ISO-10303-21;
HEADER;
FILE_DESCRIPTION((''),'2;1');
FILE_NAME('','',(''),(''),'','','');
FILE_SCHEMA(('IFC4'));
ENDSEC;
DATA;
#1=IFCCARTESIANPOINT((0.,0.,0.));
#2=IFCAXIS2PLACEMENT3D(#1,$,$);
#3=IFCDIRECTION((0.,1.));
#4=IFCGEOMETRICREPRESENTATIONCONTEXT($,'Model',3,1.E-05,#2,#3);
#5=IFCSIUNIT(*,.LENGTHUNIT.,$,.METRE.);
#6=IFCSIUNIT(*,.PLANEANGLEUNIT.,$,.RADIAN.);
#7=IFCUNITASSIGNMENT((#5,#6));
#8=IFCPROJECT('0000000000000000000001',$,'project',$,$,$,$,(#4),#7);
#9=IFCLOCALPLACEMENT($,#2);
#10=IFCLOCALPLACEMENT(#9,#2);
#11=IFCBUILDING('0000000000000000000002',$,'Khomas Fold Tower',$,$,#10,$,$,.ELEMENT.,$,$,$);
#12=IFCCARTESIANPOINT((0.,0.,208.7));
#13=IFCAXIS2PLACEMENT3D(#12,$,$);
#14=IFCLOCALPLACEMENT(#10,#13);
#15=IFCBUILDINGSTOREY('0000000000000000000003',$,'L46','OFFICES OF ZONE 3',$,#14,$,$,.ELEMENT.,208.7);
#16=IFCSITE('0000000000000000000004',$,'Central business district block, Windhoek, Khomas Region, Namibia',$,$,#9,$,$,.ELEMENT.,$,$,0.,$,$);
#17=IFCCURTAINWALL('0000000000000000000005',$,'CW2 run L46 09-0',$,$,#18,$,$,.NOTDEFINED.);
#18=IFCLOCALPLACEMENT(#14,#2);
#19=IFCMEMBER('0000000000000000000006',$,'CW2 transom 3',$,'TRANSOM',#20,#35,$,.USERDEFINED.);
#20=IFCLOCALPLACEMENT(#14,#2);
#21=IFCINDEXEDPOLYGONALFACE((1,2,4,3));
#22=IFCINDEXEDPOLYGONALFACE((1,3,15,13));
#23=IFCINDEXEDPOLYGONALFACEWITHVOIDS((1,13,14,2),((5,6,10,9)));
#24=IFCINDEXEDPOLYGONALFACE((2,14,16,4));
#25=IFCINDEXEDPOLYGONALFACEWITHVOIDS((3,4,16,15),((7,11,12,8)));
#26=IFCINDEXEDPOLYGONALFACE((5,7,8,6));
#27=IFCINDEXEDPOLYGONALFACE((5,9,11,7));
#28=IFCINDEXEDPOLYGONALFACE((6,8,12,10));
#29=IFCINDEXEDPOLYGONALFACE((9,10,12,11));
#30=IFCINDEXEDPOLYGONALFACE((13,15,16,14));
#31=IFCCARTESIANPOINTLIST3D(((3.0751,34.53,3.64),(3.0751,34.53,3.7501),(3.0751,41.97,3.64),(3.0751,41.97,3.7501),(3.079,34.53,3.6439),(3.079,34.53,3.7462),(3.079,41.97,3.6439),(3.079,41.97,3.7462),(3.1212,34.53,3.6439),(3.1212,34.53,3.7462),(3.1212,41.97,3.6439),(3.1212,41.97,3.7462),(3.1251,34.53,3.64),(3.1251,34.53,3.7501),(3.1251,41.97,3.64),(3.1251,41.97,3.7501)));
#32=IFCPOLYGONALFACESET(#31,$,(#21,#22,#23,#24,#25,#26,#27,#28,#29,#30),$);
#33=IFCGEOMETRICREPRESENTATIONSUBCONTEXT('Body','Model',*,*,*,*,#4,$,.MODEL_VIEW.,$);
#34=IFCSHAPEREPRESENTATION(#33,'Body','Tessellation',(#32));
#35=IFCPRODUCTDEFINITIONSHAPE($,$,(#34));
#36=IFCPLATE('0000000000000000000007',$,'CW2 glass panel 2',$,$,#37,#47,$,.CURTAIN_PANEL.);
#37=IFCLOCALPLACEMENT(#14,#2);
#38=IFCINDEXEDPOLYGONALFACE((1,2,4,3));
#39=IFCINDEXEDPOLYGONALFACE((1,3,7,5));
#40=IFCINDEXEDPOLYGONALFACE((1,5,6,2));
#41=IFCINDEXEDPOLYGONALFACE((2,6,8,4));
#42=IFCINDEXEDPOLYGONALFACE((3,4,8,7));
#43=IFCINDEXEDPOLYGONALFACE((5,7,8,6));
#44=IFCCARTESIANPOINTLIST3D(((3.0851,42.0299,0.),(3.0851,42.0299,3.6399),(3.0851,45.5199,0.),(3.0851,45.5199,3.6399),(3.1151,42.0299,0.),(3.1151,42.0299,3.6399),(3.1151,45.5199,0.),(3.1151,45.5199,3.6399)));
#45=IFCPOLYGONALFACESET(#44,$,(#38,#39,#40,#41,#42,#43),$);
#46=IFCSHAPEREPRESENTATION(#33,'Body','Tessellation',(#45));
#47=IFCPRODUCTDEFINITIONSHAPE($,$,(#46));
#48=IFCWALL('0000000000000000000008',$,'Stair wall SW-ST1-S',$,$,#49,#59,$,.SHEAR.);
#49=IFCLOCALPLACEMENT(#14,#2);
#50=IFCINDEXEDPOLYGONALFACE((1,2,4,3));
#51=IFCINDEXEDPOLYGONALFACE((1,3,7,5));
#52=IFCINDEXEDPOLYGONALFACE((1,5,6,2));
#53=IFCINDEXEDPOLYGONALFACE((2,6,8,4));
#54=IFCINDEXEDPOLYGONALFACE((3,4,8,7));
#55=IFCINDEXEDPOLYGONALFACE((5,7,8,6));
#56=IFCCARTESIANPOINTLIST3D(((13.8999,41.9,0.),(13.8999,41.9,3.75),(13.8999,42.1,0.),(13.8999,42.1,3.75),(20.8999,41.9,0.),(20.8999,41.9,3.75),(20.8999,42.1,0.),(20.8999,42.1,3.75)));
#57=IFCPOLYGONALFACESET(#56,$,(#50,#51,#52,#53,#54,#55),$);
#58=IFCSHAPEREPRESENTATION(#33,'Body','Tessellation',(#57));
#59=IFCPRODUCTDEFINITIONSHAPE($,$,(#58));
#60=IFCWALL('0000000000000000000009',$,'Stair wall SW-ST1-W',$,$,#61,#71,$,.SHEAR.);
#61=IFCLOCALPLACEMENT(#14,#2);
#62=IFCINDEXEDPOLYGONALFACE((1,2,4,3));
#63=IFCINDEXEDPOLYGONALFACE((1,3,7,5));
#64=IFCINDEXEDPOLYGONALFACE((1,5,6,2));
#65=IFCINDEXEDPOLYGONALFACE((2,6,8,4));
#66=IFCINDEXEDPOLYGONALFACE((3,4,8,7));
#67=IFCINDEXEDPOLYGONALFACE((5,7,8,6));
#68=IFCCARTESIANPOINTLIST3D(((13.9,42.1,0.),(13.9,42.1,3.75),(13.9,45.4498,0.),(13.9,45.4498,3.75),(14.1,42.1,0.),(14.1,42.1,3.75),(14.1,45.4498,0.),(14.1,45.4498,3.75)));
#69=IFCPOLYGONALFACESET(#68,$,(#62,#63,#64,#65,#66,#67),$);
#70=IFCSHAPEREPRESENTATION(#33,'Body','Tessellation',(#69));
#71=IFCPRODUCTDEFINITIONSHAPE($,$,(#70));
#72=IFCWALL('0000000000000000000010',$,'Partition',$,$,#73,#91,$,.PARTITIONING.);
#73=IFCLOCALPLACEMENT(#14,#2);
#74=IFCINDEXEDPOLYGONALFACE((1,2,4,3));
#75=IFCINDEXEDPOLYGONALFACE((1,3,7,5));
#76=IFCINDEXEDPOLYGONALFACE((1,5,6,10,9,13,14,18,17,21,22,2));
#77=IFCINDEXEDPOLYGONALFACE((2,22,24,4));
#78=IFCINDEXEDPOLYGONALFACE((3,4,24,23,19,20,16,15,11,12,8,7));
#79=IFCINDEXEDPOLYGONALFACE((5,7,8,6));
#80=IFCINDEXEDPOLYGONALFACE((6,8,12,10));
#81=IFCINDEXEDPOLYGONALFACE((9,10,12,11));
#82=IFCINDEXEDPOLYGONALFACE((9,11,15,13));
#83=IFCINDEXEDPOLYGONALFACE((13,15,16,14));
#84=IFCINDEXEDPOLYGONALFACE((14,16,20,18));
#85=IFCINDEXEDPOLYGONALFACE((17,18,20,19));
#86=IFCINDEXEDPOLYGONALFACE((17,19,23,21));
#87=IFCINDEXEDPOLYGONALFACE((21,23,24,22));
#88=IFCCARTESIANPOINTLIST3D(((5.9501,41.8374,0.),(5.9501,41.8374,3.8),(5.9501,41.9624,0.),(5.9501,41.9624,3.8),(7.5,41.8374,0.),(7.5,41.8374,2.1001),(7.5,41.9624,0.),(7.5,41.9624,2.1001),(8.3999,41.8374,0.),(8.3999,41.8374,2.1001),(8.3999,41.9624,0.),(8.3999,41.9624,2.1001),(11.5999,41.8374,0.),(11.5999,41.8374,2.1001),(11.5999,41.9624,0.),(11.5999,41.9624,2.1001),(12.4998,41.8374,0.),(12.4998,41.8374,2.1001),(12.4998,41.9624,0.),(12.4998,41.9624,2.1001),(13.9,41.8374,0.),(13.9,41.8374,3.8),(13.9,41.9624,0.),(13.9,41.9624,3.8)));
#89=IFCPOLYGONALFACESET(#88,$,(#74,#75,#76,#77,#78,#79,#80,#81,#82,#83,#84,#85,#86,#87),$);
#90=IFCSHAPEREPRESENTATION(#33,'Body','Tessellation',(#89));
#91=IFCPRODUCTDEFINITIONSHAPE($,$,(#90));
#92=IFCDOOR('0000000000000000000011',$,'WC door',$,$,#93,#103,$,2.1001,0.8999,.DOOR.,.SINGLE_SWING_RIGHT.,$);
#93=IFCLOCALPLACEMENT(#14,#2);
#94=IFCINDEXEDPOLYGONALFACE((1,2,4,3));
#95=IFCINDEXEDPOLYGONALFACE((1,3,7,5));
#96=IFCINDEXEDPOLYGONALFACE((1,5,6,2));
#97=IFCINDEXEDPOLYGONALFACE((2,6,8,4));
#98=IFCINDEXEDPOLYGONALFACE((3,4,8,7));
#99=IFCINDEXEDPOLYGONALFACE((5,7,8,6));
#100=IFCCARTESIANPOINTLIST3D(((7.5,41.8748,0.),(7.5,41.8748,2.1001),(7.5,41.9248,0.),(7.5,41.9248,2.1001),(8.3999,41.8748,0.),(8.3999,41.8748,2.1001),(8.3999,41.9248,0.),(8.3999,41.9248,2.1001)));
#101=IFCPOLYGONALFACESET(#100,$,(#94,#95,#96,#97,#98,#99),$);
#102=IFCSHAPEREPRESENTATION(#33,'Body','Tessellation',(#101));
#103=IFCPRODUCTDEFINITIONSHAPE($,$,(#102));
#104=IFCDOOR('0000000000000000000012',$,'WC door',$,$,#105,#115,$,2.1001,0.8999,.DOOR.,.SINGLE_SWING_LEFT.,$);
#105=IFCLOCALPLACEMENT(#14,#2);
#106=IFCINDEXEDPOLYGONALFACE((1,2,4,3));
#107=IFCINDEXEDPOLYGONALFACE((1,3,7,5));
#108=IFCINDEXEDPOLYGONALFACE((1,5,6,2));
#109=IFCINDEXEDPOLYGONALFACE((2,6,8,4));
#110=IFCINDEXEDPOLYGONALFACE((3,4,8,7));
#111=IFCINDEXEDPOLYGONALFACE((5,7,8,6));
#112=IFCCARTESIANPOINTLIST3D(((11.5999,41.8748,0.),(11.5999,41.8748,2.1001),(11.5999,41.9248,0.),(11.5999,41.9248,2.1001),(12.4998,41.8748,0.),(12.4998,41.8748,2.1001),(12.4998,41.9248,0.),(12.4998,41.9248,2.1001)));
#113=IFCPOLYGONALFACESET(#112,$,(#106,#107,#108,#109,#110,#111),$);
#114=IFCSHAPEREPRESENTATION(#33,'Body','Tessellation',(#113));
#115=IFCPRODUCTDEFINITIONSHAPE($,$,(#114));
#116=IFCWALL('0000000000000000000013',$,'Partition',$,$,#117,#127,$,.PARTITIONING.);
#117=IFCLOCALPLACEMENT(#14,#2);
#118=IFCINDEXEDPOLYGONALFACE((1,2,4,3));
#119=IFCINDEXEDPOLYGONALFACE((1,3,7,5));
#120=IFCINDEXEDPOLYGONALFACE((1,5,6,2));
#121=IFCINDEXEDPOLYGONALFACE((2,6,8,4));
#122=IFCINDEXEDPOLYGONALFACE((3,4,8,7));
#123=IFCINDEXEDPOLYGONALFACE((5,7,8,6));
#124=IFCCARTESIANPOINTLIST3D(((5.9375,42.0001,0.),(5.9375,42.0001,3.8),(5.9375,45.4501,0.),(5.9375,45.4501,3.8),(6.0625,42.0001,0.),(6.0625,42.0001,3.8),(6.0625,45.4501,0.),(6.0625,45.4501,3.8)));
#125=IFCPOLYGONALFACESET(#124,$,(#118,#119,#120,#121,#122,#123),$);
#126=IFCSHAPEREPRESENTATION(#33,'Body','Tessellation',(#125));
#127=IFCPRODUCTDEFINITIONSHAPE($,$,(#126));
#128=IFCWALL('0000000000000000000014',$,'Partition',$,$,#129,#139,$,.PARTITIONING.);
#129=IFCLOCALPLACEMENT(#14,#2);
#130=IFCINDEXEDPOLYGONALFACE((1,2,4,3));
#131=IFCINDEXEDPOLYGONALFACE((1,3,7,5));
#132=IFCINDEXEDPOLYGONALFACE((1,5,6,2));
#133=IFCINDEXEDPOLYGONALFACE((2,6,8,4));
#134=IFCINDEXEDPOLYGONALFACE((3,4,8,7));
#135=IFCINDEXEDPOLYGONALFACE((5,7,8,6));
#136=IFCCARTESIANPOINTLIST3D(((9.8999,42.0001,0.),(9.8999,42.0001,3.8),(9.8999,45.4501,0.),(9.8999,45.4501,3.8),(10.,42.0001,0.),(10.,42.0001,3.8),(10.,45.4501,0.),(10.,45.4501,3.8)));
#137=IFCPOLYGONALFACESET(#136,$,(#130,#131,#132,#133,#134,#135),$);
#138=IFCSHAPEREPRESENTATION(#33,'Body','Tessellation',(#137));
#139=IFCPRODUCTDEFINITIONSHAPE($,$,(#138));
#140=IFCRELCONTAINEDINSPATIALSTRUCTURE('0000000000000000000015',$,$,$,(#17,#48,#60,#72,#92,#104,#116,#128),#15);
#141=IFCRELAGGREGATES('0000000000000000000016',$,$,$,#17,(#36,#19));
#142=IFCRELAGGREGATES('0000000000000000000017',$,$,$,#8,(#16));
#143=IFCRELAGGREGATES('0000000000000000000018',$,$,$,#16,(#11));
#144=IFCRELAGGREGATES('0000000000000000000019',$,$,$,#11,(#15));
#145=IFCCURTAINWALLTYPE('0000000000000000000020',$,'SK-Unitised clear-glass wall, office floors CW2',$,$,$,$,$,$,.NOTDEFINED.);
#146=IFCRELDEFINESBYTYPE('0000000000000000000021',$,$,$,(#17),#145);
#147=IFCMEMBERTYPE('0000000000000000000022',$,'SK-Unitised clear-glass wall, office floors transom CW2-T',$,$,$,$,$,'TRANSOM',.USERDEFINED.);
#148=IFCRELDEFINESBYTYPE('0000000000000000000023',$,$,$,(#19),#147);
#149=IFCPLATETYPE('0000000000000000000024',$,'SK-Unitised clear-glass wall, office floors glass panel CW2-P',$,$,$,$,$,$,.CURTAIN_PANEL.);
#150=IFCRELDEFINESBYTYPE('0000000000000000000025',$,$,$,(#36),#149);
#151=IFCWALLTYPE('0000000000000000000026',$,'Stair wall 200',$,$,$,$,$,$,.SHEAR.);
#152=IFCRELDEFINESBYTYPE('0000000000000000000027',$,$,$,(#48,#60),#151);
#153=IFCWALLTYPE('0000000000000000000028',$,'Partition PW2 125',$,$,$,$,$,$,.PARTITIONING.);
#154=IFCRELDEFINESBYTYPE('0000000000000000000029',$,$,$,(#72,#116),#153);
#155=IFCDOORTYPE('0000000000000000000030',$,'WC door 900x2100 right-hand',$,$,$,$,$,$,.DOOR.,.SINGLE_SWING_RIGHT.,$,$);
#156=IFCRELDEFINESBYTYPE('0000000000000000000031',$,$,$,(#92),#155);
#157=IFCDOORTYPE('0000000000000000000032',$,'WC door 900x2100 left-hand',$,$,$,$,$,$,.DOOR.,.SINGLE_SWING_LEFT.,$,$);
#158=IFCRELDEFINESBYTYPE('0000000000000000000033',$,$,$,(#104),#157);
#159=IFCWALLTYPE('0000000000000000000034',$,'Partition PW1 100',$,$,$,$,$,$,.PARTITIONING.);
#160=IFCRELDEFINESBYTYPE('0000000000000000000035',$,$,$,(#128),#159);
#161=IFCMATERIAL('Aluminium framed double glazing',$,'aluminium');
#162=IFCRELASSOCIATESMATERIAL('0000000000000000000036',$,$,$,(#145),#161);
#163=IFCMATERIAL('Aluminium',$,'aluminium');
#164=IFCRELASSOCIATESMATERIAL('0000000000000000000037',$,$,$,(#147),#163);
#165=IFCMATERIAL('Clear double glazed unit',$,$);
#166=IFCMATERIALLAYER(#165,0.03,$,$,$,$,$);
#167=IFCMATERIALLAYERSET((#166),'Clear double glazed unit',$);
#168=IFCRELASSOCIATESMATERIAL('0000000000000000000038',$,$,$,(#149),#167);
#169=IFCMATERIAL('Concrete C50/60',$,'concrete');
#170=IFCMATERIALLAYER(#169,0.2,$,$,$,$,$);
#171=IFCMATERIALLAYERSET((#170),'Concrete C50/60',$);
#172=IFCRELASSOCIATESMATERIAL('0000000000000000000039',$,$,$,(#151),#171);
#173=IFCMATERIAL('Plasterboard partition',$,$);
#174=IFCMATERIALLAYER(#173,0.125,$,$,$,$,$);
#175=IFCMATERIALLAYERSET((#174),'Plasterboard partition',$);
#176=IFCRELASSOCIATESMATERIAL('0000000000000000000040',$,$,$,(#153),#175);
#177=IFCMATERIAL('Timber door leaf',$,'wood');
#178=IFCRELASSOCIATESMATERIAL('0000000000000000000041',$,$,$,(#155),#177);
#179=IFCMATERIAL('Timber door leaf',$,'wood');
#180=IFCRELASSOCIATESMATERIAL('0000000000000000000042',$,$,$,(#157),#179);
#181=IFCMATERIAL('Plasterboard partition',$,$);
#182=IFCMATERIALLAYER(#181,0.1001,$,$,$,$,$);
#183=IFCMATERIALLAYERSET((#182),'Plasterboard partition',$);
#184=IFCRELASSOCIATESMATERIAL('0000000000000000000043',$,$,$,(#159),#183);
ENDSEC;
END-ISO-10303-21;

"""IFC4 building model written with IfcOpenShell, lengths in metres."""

from ifc_helpers import new_model, si_unit, direction, frame, frame_2d, origin, origin_2d, place, context, subcontext, project, spatial, rectangle, hollow_rectangle, extrude, source, transform, mapped, material, layer, layer_set, material_profile, profile_set, type_object, element, fill, aggregate, save


model = new_model("IFC4")

# Units and contexts
model_context = context("Model", 3, precision=1e-05, world=origin(), true_north=direction((0.0, 1.0)))
body_context = subcontext(model_context, "Body", "Model", "MODEL_VIEW")
ifc_project = project(units=[si_unit("LENGTHUNIT", "METRE"), si_unit("PLANEANGLEUNIT", "RADIAN")], contexts=[model_context])

# Site, building, storey
site_placement = place(None, origin())
site = spatial("IfcSite", under=ifc_project, at=site_placement, Name="Central business district block, Windhoek, Khomas Region, Namibia", CompositionType="ELEMENT", RefElevation=0.0)
building_placement = place(site_placement, origin())
building = spatial("IfcBuilding", under=site, at=building_placement, Name="Khomas Fold Tower", CompositionType="ELEMENT")
storey_placement = place(building_placement, frame((0.0, 0.0, 208.7)))
storey = spatial("IfcBuildingStorey", under=building, at=storey_placement, Name="L46", Description="OFFICES OF ZONE 3", CompositionType="ELEMENT", Elevation=208.7)

# Curtain wall, member, plate
ifc_material_1 = material(Name="Aluminium framed double glazing", Category="aluminium")
curtain_wall_type = type_object("IfcCurtainWallType", Name="SK-Unitised clear-glass wall, office floors CW2", PredefinedType="NOTDEFINED", material=ifc_material_1)
curtain_wall_placement = place(storey_placement, origin())
curtain_wall = element("IfcCurtainWall", 1, at=curtain_wall_placement, inside=storey, type_object=curtain_wall_type, Name="CW2 run L46 09-0", PredefinedType="NOTDEFINED")
ifc_material_2 = material(Name="Aluminium", Category="aluminium")
ifc_material_profile_1 = material_profile(ifc_material_2, hollow_rectangle(XDim=0.05, YDim=0.1101, WallThickness=0.0039, at=origin_2d()), Name="SK-Unitised clear-glass wall, office floors transom CW2-T")
ifc_profile_set_1 = profile_set([ifc_material_profile_1], Name="Aluminium")
member_type_1 = type_object("IfcMemberType", Name="SK-Unitised clear-glass wall, office floors transom CW2-T", ElementType="TRANSOM", PredefinedType="USERDEFINED", material=ifc_profile_set_1)
shared_shape_1 = source(origin(), body_context, "Body", "SweptSolid", [
    extrude(hollow_rectangle(XDim=0.05, YDim=0.1101, WallThickness=0.0039, at=origin_2d()), origin(), (0.0, 0.0, 1.0), 7.4399),
])
member_1_placement = place(storey_placement, frame((3.1001, 41.97, 3.6951), z_axis=(0.0, -1.0, 0.0), x_axis=(1.0, 0.0, 0.0)))
member_1 = element("IfcMember", 2, at=member_1_placement, type_object=member_type_1, Name="CW2 transom 3", ObjectType="TRANSOM", PredefinedType="USERDEFINED", context=body_context, shape_type="MappedRepresentation", body=[
    mapped(shared_shape_1, transform((0.0, 0.0, 0.0))),
])
ifc_material_3 = material(Name="Clear double glazed unit")
ifc_layer_1 = layer(ifc_material_3, 0.03)
ifc_layer_set_1 = layer_set([ifc_layer_1], Name="Clear double glazed unit")
plate_type = type_object("IfcPlateType", Name="SK-Unitised clear-glass wall, office floors glass panel CW2-P", PredefinedType="CURTAIN_PANEL", material=ifc_layer_set_1)
shared_shape_2 = source(origin(), body_context, "Body", "SweptSolid", [
    extrude(rectangle(XDim=3.49, YDim=0.03, at=origin_2d()), origin(), (0.0, 0.0, 1.0), 3.6399),
])
plate_placement = place(storey_placement, frame((3.1001, 43.7749, 0.0), z_axis=(0.0, 0.0, 1.0), x_axis=(0.0, -1.0, 0.0)))
plate = element("IfcPlate", 3, at=plate_placement, type_object=plate_type, Name="CW2 glass panel 2", PredefinedType="CURTAIN_PANEL", context=body_context, shape_type="MappedRepresentation", body=[
    mapped(shared_shape_2, transform((0.0, 0.0, 0.0))),
])
aggregate(curtain_wall, [plate, member_1])

# Walls
ifc_material_4 = material(Name="Concrete C50/60", Category="concrete")
ifc_layer_2 = layer(ifc_material_4, 0.2)
ifc_layer_set_2 = layer_set([ifc_layer_2], Name="Concrete C50/60")
wall_type_1 = type_object("IfcWallType", Name="Stair wall 200", PredefinedType="SHEAR", material=ifc_layer_set_2)
shared_shape_3 = source(origin(), body_context, "Body", "SweptSolid", [
    extrude(rectangle(XDim=7.0, YDim=0.2, at=frame_2d((3.5, 0.0))), origin(), (0.0, 0.0, 1.0), 3.75),
])
wall_1_placement = place(storey_placement, frame((13.8999, 42.0, 0.0), z_axis=(0.0, 0.0, 1.0), x_axis=(1.0, 0.0, 0.0)))
element("IfcWall", 4, at=wall_1_placement, inside=storey, type_object=wall_type_1, Name="Stair wall SW-ST1-S", PredefinedType="SHEAR", context=body_context, shape_type="MappedRepresentation", body=[
    mapped(shared_shape_3, transform((0.0, 0.0, 0.0))),
])
shared_shape_4 = source(origin(), body_context, "Body", "SweptSolid", [
    extrude(rectangle(XDim=3.3499, YDim=0.2, at=frame_2d((1.6748, 0.0))), origin(), (0.0, 0.0, 1.0), 3.75),
])
wall_2_placement = place(storey_placement, frame((14.0, 42.1001, 0.0), z_axis=(0.0, 0.0, 1.0), x_axis=(0.0, 1.0, 0.0)))
element("IfcWall", 5, at=wall_2_placement, inside=storey, type_object=wall_type_1, Name="Stair wall SW-ST1-W", PredefinedType="SHEAR", context=body_context, shape_type="MappedRepresentation", body=[
    mapped(shared_shape_4, transform((0.0, 0.0, 0.0))),
])

# Wall, openings, doors
ifc_material_5 = material(Name="Plasterboard partition")
ifc_layer_3 = layer(ifc_material_5, 0.125)
ifc_layer_set_3 = layer_set([ifc_layer_3], Name="Plasterboard partition")
wall_type_2 = type_object("IfcWallType", Name="Partition PW2 125", PredefinedType="PARTITIONING", material=ifc_layer_set_3)
shared_shape_5 = source(origin(), body_context, "Body", "SweptSolid", [
    extrude(rectangle(XDim=7.95, YDim=0.125, at=frame_2d((3.9751, 0.0))), origin(), (0.0, 0.0, 1.0), 3.8),
])
wall_3_placement = place(storey_placement, frame((5.95, 41.8999, 0.0), z_axis=(0.0, 0.0, 1.0), x_axis=(1.0, 0.0, 0.0)))
wall_3 = element("IfcWall", 6, at=wall_3_placement, inside=storey, type_object=wall_type_2, Name="Partition", PredefinedType="PARTITIONING", context=body_context, shape_type="MappedRepresentation", body=[
    mapped(shared_shape_5, transform((0.0, 0.0, 0.0))),
])
shared_shape_6 = source(origin(), body_context, "Body", "SweptSolid", [
    extrude(rectangle(XDim=0.8999, YDim=2.1001, at=frame_2d((0.45, 1.05))), frame((0.0, 0.0725, 0.0), z_axis=(0.0, -1.0, 0.0), x_axis=(1.0, 0.0, 0.0)), (0.0, 0.0, 1.0), 0.145),
])
opening_1_placement = place(wall_3_placement, frame((1.55, 0.0, 0.0)))
opening_1 = element("IfcOpeningElement", 7, at=opening_1_placement, cuts=wall_3, PredefinedType="OPENING", context=body_context, shape_type="MappedRepresentation", body=[
    mapped(shared_shape_6, transform((0.0, 0.0, 0.0))),
])
opening_2_placement = place(wall_3_placement, frame((5.6499, 0.0, 0.0)))
opening_2 = element("IfcOpeningElement", 8, at=opening_2_placement, cuts=wall_3, PredefinedType="OPENING", context=body_context, shape_type="MappedRepresentation", body=[
    mapped(shared_shape_6, transform((0.0, 0.0, 0.0))),
])
ifc_material_6 = material(Name="Timber door leaf", Category="wood")
door_type_1 = type_object("IfcDoorType", Name="WC door 900x2100 right-hand", OperationType="SINGLE_SWING_RIGHT", PredefinedType="DOOR", material=ifc_material_6)
shared_shape_7 = source(origin(), body_context, "Body", "SweptSolid", [
    extrude(rectangle(XDim=0.8999, YDim=2.1001, at=frame_2d((0.45, 1.05))), frame((0.0, 0.0249, 0.0), z_axis=(0.0, -1.0, 0.0), x_axis=(1.0, 0.0, 0.0)), (0.0, 0.0, 1.0), 0.05),
])
door_1_placement = place(opening_1_placement, origin())
door_1 = element("IfcDoor", 9, at=door_1_placement, inside=storey, type_object=door_type_1, Name="WC door", OperationType="SINGLE_SWING_RIGHT", OverallHeight=2.1001, OverallWidth=0.8999, PredefinedType="DOOR", context=body_context, shape_type="MappedRepresentation", body=[
    mapped(shared_shape_7, transform((0.0, 0.0, 0.0))),
])
fill(opening_1, door_1)
ifc_material_7 = material(Name="Timber door leaf", Category="wood")
door_type_2 = type_object("IfcDoorType", Name="WC door 900x2100 left-hand", OperationType="SINGLE_SWING_LEFT", PredefinedType="DOOR", material=ifc_material_7)
door_2_placement = place(opening_2_placement, origin())
door_2 = element("IfcDoor", 10, at=door_2_placement, inside=storey, type_object=door_type_2, Name="WC door", OperationType="SINGLE_SWING_LEFT", OverallHeight=2.1001, OverallWidth=0.8999, PredefinedType="DOOR", context=body_context, shape_type="MappedRepresentation", body=[
    mapped(shared_shape_7, transform((0.0, 0.0, 0.0))),
])
fill(opening_2, door_2)

# Walls
shared_shape_8 = source(origin(), body_context, "Body", "SweptSolid", [
    extrude(rectangle(XDim=3.45, YDim=0.125, at=frame_2d((1.7251, 0.0))), origin(), (0.0, 0.0, 1.0), 3.8),
])
wall_4_placement = place(storey_placement, frame((6.0, 42.0, 0.0), z_axis=(0.0, 0.0, 1.0), x_axis=(0.0, 1.0, 0.0)))
element("IfcWall", 11, at=wall_4_placement, inside=storey, type_object=wall_type_2, Name="Partition", PredefinedType="PARTITIONING", context=body_context, shape_type="MappedRepresentation", body=[
    mapped(shared_shape_8, transform((0.0, 0.0, 0.0))),
])
ifc_material_8 = material(Name="Plasterboard partition")
ifc_layer_4 = layer(ifc_material_8, 0.1001)
ifc_layer_set_4 = layer_set([ifc_layer_4], Name="Plasterboard partition")
wall_type_3 = type_object("IfcWallType", Name="Partition PW1 100", PredefinedType="PARTITIONING", material=ifc_layer_set_4)
shared_shape_9 = source(origin(), body_context, "Body", "SweptSolid", [
    extrude(rectangle(XDim=3.45, YDim=0.1001, at=frame_2d((1.7251, 0.0))), origin(), (0.0, 0.0, 1.0), 3.8),
])
wall_5_placement = place(storey_placement, frame((9.95, 42.0, 0.0), z_axis=(0.0, 0.0, 1.0), x_axis=(0.0, 1.0, 0.0)))
element("IfcWall", 12, at=wall_5_placement, inside=storey, type_object=wall_type_3, Name="Partition", PredefinedType="PARTITIONING", context=body_context, shape_type="MappedRepresentation", body=[
    mapped(shared_shape_9, transform((0.0, 0.0, 0.0))),
])

save(model, "model.ifc")
